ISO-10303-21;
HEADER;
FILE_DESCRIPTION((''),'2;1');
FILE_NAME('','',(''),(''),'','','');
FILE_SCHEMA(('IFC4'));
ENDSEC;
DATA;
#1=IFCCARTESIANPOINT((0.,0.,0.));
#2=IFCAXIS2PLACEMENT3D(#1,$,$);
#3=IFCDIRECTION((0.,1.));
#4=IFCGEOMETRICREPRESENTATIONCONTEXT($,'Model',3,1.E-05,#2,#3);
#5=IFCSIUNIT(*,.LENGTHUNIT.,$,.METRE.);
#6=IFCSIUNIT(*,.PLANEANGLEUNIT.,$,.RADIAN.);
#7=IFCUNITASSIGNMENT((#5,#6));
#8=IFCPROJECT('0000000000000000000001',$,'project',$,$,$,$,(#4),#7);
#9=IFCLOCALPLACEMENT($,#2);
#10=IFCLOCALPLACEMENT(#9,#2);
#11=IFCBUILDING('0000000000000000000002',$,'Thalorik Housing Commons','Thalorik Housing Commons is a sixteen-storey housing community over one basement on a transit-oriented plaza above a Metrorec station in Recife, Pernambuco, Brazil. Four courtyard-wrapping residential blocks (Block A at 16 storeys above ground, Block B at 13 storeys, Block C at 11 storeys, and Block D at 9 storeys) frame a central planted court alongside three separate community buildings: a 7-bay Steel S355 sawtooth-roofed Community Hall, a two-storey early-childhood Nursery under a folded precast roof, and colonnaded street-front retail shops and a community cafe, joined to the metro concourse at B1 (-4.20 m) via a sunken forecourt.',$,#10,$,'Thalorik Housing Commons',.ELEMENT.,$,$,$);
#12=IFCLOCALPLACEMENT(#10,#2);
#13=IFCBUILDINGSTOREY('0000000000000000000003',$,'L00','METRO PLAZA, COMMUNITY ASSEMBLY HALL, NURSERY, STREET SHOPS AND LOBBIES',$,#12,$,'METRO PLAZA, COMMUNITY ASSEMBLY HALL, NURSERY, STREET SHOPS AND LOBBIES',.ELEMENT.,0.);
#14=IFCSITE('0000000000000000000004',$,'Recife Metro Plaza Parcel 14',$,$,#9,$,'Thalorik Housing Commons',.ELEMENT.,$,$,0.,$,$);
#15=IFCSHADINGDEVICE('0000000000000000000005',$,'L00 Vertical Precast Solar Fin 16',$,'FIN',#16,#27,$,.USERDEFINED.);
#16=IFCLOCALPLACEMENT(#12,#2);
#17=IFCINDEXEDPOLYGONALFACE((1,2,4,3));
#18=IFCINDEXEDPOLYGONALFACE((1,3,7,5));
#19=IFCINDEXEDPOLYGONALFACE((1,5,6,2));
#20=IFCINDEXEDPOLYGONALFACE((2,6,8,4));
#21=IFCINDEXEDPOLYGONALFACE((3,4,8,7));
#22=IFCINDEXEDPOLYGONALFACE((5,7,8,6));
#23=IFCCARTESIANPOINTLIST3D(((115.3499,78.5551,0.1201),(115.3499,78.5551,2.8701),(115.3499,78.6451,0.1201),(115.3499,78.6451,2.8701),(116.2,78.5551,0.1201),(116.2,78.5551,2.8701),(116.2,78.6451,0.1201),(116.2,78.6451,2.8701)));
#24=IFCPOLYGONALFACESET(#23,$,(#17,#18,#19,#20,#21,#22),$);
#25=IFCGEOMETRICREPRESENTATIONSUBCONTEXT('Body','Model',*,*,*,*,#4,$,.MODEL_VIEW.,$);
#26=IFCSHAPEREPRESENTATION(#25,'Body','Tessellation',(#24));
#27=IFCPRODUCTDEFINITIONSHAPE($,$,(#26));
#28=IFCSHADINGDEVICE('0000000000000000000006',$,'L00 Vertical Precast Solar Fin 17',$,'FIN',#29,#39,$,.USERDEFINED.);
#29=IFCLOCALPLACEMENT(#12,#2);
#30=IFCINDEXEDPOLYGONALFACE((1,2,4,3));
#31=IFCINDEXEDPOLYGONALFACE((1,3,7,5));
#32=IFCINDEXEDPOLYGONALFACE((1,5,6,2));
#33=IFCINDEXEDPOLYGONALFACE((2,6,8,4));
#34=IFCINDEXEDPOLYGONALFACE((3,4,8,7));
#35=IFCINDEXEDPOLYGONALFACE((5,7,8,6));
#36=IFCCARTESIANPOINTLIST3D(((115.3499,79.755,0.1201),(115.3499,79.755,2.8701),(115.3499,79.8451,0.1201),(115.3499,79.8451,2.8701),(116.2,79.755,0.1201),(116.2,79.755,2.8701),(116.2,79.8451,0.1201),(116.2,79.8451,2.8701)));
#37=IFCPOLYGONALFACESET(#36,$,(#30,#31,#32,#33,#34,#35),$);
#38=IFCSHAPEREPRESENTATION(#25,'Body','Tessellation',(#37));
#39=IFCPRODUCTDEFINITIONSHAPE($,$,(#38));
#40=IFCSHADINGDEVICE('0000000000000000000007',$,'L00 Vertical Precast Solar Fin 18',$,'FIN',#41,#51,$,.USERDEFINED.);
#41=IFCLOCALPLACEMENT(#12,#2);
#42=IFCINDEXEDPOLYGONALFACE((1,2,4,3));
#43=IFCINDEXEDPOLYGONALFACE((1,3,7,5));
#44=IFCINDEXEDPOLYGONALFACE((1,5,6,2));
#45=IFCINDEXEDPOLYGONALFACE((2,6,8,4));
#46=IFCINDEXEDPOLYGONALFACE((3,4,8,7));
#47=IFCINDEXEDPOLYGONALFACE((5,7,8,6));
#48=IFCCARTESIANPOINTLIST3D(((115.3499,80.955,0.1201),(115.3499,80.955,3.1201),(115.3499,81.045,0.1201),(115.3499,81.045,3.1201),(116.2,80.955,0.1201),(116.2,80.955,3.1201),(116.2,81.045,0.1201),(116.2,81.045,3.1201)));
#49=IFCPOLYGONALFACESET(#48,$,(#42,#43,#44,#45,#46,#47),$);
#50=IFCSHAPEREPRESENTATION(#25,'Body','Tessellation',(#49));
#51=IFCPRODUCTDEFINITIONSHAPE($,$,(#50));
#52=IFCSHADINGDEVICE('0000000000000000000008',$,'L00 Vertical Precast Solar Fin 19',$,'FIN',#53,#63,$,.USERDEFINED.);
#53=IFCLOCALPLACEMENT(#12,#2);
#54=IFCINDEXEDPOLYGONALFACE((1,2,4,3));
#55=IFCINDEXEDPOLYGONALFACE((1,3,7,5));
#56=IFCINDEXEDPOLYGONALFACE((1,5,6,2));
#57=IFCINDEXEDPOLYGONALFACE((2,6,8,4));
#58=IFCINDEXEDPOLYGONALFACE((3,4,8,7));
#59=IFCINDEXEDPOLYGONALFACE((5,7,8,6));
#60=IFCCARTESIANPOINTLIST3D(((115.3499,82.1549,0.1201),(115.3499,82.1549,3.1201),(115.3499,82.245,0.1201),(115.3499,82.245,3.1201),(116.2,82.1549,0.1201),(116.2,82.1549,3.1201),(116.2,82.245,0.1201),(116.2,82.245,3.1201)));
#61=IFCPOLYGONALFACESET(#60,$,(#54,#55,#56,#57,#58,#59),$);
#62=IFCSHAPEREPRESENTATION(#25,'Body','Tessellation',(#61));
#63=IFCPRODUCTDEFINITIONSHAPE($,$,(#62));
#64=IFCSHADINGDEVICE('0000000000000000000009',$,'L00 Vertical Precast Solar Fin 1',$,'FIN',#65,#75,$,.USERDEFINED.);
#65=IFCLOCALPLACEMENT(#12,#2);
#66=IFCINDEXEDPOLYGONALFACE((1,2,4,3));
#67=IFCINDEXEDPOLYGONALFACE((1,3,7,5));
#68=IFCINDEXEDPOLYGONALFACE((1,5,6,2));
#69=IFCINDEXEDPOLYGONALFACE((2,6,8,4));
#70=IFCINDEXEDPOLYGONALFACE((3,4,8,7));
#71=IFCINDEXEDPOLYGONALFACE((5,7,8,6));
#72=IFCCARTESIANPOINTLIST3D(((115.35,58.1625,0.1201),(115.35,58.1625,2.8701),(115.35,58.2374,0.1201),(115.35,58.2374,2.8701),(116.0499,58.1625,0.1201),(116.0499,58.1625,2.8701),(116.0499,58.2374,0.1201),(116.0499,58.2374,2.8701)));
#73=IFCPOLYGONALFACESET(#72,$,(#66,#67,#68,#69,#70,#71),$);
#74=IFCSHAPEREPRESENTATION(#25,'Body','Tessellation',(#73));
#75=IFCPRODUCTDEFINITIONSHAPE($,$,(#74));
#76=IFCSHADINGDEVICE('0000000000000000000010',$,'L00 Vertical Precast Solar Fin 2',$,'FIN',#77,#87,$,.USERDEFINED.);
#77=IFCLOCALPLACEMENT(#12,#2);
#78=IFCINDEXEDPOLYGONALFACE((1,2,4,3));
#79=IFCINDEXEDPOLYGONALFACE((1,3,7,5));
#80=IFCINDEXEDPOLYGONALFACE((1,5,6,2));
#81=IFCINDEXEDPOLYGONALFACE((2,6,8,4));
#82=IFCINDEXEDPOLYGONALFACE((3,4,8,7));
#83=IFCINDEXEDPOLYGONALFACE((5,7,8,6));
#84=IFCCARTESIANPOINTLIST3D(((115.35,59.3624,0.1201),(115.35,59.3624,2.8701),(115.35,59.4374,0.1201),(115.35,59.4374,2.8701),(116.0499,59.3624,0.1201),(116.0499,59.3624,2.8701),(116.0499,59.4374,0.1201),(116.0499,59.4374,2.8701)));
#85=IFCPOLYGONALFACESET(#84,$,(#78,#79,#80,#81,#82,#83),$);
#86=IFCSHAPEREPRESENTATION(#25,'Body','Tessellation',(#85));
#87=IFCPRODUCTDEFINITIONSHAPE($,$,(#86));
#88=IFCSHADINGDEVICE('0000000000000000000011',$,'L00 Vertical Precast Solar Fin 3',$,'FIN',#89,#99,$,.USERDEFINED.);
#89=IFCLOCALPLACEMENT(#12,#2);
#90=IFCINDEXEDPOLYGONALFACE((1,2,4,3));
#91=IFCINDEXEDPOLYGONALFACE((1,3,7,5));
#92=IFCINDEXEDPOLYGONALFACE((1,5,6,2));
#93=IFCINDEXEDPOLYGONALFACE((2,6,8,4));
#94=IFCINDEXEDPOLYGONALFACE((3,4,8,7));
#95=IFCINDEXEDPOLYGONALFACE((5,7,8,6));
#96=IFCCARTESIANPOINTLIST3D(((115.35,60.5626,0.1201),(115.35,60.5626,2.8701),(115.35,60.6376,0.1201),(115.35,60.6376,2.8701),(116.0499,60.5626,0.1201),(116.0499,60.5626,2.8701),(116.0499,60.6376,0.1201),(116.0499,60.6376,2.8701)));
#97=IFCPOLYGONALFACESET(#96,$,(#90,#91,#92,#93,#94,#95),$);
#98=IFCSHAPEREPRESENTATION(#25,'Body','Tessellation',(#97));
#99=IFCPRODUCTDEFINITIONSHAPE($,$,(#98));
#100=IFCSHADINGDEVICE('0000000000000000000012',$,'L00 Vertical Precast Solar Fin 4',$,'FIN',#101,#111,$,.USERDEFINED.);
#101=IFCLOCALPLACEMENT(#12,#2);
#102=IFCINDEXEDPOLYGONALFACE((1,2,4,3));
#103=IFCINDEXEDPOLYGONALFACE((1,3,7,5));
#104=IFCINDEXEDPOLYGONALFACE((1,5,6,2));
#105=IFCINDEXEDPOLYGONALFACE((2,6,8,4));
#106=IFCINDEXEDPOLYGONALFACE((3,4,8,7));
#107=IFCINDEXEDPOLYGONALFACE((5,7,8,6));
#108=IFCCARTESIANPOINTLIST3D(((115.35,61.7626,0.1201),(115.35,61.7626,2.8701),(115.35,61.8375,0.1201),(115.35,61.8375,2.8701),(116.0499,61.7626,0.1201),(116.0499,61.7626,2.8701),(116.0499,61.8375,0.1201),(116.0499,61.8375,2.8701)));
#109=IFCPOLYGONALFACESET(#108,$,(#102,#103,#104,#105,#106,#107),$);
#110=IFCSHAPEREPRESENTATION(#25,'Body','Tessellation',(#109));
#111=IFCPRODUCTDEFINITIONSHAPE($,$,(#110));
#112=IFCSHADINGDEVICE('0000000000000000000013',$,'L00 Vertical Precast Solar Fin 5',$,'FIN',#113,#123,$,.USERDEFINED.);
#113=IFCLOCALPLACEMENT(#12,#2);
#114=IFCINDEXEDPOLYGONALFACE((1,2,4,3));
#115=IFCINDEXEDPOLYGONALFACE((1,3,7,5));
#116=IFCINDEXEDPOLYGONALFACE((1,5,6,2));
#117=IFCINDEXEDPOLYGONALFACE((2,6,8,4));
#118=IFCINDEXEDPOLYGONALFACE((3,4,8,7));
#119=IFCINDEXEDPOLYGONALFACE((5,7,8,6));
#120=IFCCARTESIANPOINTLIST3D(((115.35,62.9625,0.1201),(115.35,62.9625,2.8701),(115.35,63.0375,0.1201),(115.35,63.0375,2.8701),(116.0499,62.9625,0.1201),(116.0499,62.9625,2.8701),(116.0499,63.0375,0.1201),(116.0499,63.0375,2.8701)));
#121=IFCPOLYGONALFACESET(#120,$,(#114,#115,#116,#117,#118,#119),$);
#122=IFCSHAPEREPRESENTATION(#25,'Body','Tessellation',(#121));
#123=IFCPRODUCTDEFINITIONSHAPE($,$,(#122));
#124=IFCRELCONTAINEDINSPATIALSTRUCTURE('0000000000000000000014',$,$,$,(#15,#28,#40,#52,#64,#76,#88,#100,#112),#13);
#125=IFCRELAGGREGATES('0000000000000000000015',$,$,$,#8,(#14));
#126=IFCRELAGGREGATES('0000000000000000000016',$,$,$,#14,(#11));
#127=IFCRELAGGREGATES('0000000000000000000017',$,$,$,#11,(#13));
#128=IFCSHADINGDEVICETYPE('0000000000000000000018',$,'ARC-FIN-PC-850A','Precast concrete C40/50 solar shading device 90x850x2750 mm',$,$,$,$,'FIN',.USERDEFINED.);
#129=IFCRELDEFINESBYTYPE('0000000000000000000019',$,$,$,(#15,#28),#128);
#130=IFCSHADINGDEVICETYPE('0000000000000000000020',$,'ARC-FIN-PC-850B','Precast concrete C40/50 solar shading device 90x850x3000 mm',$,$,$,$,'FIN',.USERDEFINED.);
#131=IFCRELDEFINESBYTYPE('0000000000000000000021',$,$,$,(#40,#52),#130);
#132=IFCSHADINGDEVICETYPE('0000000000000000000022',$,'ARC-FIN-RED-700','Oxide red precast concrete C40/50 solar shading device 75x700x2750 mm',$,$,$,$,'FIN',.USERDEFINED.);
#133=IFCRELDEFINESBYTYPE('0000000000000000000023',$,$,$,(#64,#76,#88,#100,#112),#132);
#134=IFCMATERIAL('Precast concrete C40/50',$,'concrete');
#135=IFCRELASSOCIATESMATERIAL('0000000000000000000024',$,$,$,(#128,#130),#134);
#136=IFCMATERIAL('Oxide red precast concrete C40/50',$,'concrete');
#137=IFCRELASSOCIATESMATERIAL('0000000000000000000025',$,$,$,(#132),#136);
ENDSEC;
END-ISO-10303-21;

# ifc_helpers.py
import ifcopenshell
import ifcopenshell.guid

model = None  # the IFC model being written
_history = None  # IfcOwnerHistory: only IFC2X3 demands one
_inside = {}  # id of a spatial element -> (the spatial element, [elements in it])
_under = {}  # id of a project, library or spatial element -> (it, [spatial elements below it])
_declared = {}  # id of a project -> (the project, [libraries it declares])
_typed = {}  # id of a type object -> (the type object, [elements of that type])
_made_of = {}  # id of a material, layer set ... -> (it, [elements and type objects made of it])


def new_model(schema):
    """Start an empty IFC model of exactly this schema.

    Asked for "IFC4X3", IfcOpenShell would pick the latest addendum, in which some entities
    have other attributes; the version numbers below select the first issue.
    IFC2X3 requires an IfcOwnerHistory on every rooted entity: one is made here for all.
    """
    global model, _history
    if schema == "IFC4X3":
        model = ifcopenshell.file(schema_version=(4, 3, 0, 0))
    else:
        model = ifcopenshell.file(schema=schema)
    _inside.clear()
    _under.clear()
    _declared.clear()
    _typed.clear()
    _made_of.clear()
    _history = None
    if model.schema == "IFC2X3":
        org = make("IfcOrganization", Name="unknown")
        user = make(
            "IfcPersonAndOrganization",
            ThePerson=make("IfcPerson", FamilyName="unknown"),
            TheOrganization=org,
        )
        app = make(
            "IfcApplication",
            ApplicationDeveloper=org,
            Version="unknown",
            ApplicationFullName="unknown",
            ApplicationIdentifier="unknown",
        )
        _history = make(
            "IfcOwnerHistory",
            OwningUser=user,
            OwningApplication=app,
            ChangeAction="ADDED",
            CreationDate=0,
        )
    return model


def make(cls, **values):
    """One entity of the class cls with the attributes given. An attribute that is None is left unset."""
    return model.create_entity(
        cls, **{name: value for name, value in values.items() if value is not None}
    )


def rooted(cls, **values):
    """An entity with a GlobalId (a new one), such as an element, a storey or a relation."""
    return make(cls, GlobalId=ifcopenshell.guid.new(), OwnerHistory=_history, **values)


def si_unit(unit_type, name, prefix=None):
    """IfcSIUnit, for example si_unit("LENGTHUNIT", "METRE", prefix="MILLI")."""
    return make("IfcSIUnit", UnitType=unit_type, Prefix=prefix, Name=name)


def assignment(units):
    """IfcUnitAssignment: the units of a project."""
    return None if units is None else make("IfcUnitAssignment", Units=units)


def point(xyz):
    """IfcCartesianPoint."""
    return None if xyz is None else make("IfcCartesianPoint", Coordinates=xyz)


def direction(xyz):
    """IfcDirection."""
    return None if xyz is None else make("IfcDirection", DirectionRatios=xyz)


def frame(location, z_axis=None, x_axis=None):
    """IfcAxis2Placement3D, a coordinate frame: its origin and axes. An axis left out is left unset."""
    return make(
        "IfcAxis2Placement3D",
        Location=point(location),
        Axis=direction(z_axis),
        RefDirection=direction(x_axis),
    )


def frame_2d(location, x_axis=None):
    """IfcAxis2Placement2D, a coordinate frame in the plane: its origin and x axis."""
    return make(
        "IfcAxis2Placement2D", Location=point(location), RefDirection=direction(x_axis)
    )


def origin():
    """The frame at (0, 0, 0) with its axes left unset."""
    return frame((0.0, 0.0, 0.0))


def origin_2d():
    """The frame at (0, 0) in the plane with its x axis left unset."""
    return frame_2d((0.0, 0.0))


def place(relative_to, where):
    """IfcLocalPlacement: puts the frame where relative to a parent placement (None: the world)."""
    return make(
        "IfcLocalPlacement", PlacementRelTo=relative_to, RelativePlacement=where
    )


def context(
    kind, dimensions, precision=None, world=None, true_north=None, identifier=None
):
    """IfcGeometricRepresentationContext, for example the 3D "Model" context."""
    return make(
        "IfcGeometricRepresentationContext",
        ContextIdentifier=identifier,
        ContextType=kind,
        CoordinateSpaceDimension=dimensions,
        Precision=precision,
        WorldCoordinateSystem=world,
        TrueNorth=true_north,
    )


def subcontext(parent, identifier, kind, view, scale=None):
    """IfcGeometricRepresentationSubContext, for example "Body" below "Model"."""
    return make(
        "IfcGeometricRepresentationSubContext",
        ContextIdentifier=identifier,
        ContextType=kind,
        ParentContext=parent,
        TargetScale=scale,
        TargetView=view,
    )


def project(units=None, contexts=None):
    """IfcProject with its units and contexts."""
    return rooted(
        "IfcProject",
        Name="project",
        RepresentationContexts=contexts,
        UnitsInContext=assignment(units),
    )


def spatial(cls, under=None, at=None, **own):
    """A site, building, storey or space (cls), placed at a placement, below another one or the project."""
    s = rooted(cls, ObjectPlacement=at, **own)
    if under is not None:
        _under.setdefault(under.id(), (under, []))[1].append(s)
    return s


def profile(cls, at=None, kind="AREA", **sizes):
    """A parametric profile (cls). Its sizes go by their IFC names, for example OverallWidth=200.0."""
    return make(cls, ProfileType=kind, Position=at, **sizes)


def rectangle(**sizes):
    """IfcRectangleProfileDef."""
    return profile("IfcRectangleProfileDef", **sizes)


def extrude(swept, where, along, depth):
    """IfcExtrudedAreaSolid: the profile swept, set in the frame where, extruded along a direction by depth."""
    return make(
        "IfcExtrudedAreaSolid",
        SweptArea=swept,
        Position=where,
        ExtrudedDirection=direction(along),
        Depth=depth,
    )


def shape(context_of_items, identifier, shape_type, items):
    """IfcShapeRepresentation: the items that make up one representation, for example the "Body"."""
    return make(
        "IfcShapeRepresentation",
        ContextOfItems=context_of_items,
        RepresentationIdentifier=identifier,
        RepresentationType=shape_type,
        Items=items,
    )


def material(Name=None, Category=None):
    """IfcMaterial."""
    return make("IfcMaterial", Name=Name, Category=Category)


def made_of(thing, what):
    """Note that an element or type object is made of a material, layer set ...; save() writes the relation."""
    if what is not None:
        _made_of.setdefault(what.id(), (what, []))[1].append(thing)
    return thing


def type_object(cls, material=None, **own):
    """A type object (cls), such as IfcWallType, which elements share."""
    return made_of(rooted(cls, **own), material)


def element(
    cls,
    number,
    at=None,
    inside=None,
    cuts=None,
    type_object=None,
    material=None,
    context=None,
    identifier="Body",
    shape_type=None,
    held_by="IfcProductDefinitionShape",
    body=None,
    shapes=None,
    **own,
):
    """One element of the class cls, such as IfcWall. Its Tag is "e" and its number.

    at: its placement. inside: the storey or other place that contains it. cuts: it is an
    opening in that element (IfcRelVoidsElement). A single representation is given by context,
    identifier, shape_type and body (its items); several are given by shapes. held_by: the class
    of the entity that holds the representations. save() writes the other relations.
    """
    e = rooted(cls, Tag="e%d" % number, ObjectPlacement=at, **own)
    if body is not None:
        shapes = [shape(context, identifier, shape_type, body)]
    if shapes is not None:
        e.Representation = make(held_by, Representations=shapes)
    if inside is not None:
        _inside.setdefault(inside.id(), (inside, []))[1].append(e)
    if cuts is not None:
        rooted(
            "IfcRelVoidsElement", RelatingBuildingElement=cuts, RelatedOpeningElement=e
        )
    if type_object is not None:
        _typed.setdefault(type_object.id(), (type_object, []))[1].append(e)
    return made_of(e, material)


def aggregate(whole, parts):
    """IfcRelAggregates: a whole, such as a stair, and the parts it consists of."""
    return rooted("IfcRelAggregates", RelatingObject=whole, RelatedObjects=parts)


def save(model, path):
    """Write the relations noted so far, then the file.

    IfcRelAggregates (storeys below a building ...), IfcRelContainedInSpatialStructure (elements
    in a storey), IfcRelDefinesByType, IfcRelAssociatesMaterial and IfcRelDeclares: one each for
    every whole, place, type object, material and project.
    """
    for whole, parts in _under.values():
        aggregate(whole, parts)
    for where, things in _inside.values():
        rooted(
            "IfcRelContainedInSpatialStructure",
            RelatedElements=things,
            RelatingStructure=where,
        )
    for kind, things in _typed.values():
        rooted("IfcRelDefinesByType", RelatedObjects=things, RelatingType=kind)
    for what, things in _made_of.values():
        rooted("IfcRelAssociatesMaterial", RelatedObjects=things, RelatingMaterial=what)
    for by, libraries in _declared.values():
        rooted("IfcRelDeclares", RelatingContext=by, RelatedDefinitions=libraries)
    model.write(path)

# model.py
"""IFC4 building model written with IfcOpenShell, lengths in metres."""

from ifc_helpers import new_model, si_unit, direction, frame, origin, origin_2d, place, context, subcontext, project, spatial, rectangle, extrude, material, type_object, element, save


model = new_model("IFC4")

# Units and contexts
model_context = context("Model", 3, precision=1e-05, world=origin(), true_north=direction((0.0, 1.0)))
body_context = subcontext(model_context, "Body", "Model", "MODEL_VIEW")
ifc_project = project(units=[si_unit("LENGTHUNIT", "METRE"), si_unit("PLANEANGLEUNIT", "RADIAN")], contexts=[model_context])

# Site, building, storey
site_placement = place(None, origin())
site = spatial("IfcSite", under=ifc_project, at=site_placement, Name="Recife Metro Plaza Parcel 14", LongName="Thalorik Housing Commons", CompositionType="ELEMENT", RefElevation=0.0)
building_placement = place(site_placement, origin())
building = spatial("IfcBuilding", under=site, at=building_placement, Name="Thalorik Housing Commons", Description="Thalorik Housing Commons is a sixteen-storey housing community over one basement on a transit-oriented plaza above a Metrorec station in Recife, Pernambuco, Brazil. Four courtyard-wrapping residential blocks (Block A at 16 storeys above ground, Block B at 13 storeys, Block C at 11 storeys, and Block D at 9 storeys) frame a central planted court alongside three separate community buildings: a 7-bay Steel S355 sawtooth-roofed Community Hall, a two-storey early-childhood Nursery under a folded precast roof, and colonnaded street-front retail shops and a community cafe, joined to the metro concourse at B1 (-4.20 m) via a sunken forecourt.", LongName="Thalorik Housing Commons", CompositionType="ELEMENT")
storey_placement = place(building_placement, origin())
storey = spatial("IfcBuildingStorey", under=building, at=storey_placement, Name="L00", Description="METRO PLAZA, COMMUNITY ASSEMBLY HALL, NURSERY, STREET SHOPS AND LOBBIES", LongName="METRO PLAZA, COMMUNITY ASSEMBLY HALL, NURSERY, STREET SHOPS AND LOBBIES", CompositionType="ELEMENT", Elevation=0.0)

# Shared definitions
ifc_material_1 = material(Name="Precast concrete C40/50", Category="concrete")

# Shading devices
shading_device_type_1 = type_object("IfcShadingDeviceType", Name="ARC-FIN-PC-850A", Description="Precast concrete C40/50 solar shading device 90x850x2750 mm", ElementType="FIN", PredefinedType="USERDEFINED", material=ifc_material_1)
for number, where, z_axis, x_axis, name in (
    (1, (115.7749, 78.6001, 0.1201), (0.0, 0.0, 1.0), (0.0, 1.0, 0.0), "L00 Vertical Precast Solar Fin 16"),
    (2, (115.7749, 79.8, 0.1201), (0.0, 0.0, 1.0), (0.0, 1.0, 0.0), "L00 Vertical Precast Solar Fin 17"),
):
    element("IfcShadingDevice", number, at=place(storey_placement, frame(where, z_axis=z_axis, x_axis=x_axis)), inside=storey, type_object=shading_device_type_1, Name=name, ObjectType="FIN", PredefinedType="USERDEFINED", context=body_context, shape_type="SweptSolid", body=[
        extrude(rectangle(XDim=0.0901, YDim=0.8501, at=origin_2d()), origin(), (0.0, 0.0, 1.0), 2.75),
    ])
shading_device_type_2 = type_object("IfcShadingDeviceType", Name="ARC-FIN-PC-850B", Description="Precast concrete C40/50 solar shading device 90x850x3000 mm", ElementType="FIN", PredefinedType="USERDEFINED", material=ifc_material_1)
for number, where, z_axis, x_axis, name in (
    (3, (115.7749, 81.0, 0.1201), (0.0, 0.0, 1.0), (0.0, 1.0, 0.0), "L00 Vertical Precast Solar Fin 18"),
    (4, (115.7749, 82.2, 0.1201), (0.0, 0.0, 1.0), (0.0, 1.0, 0.0), "L00 Vertical Precast Solar Fin 19"),
):
    element("IfcShadingDevice", number, at=place(storey_placement, frame(where, z_axis=z_axis, x_axis=x_axis)), inside=storey, type_object=shading_device_type_2, Name=name, ObjectType="FIN", PredefinedType="USERDEFINED", context=body_context, shape_type="SweptSolid", body=[
        extrude(rectangle(XDim=0.0901, YDim=0.8501, at=origin_2d()), origin(), (0.0, 0.0, 1.0), 3.0),
    ])
ifc_material_2 = material(Name="Oxide red precast concrete C40/50", Category="concrete")
shading_device_type_3 = type_object("IfcShadingDeviceType", Name="ARC-FIN-RED-700", Description="Oxide red precast concrete C40/50 solar shading device 75x700x2750 mm", ElementType="FIN", PredefinedType="USERDEFINED", material=ifc_material_2)
for number, where, z_axis, x_axis, name in (
    (5, (115.7, 58.2, 0.1201), (0.0, 0.0, 1.0), (0.0, 1.0, 0.0), "L00 Vertical Precast Solar Fin 1"),
    (6, (115.7, 59.3999, 0.1201), (0.0, 0.0, 1.0), (0.0, 1.0, 0.0), "L00 Vertical Precast Solar Fin 2"),
    (7, (115.7, 60.6001, 0.1201), (0.0, 0.0, 1.0), (0.0, 1.0, 0.0), "L00 Vertical Precast Solar Fin 3"),
    (8, (115.7, 61.8, 0.1201), (0.0, 0.0, 1.0), (0.0, 1.0, 0.0), "L00 Vertical Precast Solar Fin 4"),
    (9, (115.7, 63.0, 0.1201), (0.0, 0.0, 1.0), (0.0, 1.0, 0.0), "L00 Vertical Precast Solar Fin 5"),
):
    element("IfcShadingDevice", number, at=place(storey_placement, frame(where, z_axis=z_axis, x_axis=x_axis)), inside=storey, type_object=shading_device_type_3, Name=name, ObjectType="FIN", PredefinedType="USERDEFINED", context=body_context, shape_type="SweptSolid", body=[
        extrude(rectangle(XDim=0.075, YDim=0.7, at=origin_2d()), origin(), (0.0, 0.0, 1.0), 2.75),
    ])

save(model, "model.ifc")
